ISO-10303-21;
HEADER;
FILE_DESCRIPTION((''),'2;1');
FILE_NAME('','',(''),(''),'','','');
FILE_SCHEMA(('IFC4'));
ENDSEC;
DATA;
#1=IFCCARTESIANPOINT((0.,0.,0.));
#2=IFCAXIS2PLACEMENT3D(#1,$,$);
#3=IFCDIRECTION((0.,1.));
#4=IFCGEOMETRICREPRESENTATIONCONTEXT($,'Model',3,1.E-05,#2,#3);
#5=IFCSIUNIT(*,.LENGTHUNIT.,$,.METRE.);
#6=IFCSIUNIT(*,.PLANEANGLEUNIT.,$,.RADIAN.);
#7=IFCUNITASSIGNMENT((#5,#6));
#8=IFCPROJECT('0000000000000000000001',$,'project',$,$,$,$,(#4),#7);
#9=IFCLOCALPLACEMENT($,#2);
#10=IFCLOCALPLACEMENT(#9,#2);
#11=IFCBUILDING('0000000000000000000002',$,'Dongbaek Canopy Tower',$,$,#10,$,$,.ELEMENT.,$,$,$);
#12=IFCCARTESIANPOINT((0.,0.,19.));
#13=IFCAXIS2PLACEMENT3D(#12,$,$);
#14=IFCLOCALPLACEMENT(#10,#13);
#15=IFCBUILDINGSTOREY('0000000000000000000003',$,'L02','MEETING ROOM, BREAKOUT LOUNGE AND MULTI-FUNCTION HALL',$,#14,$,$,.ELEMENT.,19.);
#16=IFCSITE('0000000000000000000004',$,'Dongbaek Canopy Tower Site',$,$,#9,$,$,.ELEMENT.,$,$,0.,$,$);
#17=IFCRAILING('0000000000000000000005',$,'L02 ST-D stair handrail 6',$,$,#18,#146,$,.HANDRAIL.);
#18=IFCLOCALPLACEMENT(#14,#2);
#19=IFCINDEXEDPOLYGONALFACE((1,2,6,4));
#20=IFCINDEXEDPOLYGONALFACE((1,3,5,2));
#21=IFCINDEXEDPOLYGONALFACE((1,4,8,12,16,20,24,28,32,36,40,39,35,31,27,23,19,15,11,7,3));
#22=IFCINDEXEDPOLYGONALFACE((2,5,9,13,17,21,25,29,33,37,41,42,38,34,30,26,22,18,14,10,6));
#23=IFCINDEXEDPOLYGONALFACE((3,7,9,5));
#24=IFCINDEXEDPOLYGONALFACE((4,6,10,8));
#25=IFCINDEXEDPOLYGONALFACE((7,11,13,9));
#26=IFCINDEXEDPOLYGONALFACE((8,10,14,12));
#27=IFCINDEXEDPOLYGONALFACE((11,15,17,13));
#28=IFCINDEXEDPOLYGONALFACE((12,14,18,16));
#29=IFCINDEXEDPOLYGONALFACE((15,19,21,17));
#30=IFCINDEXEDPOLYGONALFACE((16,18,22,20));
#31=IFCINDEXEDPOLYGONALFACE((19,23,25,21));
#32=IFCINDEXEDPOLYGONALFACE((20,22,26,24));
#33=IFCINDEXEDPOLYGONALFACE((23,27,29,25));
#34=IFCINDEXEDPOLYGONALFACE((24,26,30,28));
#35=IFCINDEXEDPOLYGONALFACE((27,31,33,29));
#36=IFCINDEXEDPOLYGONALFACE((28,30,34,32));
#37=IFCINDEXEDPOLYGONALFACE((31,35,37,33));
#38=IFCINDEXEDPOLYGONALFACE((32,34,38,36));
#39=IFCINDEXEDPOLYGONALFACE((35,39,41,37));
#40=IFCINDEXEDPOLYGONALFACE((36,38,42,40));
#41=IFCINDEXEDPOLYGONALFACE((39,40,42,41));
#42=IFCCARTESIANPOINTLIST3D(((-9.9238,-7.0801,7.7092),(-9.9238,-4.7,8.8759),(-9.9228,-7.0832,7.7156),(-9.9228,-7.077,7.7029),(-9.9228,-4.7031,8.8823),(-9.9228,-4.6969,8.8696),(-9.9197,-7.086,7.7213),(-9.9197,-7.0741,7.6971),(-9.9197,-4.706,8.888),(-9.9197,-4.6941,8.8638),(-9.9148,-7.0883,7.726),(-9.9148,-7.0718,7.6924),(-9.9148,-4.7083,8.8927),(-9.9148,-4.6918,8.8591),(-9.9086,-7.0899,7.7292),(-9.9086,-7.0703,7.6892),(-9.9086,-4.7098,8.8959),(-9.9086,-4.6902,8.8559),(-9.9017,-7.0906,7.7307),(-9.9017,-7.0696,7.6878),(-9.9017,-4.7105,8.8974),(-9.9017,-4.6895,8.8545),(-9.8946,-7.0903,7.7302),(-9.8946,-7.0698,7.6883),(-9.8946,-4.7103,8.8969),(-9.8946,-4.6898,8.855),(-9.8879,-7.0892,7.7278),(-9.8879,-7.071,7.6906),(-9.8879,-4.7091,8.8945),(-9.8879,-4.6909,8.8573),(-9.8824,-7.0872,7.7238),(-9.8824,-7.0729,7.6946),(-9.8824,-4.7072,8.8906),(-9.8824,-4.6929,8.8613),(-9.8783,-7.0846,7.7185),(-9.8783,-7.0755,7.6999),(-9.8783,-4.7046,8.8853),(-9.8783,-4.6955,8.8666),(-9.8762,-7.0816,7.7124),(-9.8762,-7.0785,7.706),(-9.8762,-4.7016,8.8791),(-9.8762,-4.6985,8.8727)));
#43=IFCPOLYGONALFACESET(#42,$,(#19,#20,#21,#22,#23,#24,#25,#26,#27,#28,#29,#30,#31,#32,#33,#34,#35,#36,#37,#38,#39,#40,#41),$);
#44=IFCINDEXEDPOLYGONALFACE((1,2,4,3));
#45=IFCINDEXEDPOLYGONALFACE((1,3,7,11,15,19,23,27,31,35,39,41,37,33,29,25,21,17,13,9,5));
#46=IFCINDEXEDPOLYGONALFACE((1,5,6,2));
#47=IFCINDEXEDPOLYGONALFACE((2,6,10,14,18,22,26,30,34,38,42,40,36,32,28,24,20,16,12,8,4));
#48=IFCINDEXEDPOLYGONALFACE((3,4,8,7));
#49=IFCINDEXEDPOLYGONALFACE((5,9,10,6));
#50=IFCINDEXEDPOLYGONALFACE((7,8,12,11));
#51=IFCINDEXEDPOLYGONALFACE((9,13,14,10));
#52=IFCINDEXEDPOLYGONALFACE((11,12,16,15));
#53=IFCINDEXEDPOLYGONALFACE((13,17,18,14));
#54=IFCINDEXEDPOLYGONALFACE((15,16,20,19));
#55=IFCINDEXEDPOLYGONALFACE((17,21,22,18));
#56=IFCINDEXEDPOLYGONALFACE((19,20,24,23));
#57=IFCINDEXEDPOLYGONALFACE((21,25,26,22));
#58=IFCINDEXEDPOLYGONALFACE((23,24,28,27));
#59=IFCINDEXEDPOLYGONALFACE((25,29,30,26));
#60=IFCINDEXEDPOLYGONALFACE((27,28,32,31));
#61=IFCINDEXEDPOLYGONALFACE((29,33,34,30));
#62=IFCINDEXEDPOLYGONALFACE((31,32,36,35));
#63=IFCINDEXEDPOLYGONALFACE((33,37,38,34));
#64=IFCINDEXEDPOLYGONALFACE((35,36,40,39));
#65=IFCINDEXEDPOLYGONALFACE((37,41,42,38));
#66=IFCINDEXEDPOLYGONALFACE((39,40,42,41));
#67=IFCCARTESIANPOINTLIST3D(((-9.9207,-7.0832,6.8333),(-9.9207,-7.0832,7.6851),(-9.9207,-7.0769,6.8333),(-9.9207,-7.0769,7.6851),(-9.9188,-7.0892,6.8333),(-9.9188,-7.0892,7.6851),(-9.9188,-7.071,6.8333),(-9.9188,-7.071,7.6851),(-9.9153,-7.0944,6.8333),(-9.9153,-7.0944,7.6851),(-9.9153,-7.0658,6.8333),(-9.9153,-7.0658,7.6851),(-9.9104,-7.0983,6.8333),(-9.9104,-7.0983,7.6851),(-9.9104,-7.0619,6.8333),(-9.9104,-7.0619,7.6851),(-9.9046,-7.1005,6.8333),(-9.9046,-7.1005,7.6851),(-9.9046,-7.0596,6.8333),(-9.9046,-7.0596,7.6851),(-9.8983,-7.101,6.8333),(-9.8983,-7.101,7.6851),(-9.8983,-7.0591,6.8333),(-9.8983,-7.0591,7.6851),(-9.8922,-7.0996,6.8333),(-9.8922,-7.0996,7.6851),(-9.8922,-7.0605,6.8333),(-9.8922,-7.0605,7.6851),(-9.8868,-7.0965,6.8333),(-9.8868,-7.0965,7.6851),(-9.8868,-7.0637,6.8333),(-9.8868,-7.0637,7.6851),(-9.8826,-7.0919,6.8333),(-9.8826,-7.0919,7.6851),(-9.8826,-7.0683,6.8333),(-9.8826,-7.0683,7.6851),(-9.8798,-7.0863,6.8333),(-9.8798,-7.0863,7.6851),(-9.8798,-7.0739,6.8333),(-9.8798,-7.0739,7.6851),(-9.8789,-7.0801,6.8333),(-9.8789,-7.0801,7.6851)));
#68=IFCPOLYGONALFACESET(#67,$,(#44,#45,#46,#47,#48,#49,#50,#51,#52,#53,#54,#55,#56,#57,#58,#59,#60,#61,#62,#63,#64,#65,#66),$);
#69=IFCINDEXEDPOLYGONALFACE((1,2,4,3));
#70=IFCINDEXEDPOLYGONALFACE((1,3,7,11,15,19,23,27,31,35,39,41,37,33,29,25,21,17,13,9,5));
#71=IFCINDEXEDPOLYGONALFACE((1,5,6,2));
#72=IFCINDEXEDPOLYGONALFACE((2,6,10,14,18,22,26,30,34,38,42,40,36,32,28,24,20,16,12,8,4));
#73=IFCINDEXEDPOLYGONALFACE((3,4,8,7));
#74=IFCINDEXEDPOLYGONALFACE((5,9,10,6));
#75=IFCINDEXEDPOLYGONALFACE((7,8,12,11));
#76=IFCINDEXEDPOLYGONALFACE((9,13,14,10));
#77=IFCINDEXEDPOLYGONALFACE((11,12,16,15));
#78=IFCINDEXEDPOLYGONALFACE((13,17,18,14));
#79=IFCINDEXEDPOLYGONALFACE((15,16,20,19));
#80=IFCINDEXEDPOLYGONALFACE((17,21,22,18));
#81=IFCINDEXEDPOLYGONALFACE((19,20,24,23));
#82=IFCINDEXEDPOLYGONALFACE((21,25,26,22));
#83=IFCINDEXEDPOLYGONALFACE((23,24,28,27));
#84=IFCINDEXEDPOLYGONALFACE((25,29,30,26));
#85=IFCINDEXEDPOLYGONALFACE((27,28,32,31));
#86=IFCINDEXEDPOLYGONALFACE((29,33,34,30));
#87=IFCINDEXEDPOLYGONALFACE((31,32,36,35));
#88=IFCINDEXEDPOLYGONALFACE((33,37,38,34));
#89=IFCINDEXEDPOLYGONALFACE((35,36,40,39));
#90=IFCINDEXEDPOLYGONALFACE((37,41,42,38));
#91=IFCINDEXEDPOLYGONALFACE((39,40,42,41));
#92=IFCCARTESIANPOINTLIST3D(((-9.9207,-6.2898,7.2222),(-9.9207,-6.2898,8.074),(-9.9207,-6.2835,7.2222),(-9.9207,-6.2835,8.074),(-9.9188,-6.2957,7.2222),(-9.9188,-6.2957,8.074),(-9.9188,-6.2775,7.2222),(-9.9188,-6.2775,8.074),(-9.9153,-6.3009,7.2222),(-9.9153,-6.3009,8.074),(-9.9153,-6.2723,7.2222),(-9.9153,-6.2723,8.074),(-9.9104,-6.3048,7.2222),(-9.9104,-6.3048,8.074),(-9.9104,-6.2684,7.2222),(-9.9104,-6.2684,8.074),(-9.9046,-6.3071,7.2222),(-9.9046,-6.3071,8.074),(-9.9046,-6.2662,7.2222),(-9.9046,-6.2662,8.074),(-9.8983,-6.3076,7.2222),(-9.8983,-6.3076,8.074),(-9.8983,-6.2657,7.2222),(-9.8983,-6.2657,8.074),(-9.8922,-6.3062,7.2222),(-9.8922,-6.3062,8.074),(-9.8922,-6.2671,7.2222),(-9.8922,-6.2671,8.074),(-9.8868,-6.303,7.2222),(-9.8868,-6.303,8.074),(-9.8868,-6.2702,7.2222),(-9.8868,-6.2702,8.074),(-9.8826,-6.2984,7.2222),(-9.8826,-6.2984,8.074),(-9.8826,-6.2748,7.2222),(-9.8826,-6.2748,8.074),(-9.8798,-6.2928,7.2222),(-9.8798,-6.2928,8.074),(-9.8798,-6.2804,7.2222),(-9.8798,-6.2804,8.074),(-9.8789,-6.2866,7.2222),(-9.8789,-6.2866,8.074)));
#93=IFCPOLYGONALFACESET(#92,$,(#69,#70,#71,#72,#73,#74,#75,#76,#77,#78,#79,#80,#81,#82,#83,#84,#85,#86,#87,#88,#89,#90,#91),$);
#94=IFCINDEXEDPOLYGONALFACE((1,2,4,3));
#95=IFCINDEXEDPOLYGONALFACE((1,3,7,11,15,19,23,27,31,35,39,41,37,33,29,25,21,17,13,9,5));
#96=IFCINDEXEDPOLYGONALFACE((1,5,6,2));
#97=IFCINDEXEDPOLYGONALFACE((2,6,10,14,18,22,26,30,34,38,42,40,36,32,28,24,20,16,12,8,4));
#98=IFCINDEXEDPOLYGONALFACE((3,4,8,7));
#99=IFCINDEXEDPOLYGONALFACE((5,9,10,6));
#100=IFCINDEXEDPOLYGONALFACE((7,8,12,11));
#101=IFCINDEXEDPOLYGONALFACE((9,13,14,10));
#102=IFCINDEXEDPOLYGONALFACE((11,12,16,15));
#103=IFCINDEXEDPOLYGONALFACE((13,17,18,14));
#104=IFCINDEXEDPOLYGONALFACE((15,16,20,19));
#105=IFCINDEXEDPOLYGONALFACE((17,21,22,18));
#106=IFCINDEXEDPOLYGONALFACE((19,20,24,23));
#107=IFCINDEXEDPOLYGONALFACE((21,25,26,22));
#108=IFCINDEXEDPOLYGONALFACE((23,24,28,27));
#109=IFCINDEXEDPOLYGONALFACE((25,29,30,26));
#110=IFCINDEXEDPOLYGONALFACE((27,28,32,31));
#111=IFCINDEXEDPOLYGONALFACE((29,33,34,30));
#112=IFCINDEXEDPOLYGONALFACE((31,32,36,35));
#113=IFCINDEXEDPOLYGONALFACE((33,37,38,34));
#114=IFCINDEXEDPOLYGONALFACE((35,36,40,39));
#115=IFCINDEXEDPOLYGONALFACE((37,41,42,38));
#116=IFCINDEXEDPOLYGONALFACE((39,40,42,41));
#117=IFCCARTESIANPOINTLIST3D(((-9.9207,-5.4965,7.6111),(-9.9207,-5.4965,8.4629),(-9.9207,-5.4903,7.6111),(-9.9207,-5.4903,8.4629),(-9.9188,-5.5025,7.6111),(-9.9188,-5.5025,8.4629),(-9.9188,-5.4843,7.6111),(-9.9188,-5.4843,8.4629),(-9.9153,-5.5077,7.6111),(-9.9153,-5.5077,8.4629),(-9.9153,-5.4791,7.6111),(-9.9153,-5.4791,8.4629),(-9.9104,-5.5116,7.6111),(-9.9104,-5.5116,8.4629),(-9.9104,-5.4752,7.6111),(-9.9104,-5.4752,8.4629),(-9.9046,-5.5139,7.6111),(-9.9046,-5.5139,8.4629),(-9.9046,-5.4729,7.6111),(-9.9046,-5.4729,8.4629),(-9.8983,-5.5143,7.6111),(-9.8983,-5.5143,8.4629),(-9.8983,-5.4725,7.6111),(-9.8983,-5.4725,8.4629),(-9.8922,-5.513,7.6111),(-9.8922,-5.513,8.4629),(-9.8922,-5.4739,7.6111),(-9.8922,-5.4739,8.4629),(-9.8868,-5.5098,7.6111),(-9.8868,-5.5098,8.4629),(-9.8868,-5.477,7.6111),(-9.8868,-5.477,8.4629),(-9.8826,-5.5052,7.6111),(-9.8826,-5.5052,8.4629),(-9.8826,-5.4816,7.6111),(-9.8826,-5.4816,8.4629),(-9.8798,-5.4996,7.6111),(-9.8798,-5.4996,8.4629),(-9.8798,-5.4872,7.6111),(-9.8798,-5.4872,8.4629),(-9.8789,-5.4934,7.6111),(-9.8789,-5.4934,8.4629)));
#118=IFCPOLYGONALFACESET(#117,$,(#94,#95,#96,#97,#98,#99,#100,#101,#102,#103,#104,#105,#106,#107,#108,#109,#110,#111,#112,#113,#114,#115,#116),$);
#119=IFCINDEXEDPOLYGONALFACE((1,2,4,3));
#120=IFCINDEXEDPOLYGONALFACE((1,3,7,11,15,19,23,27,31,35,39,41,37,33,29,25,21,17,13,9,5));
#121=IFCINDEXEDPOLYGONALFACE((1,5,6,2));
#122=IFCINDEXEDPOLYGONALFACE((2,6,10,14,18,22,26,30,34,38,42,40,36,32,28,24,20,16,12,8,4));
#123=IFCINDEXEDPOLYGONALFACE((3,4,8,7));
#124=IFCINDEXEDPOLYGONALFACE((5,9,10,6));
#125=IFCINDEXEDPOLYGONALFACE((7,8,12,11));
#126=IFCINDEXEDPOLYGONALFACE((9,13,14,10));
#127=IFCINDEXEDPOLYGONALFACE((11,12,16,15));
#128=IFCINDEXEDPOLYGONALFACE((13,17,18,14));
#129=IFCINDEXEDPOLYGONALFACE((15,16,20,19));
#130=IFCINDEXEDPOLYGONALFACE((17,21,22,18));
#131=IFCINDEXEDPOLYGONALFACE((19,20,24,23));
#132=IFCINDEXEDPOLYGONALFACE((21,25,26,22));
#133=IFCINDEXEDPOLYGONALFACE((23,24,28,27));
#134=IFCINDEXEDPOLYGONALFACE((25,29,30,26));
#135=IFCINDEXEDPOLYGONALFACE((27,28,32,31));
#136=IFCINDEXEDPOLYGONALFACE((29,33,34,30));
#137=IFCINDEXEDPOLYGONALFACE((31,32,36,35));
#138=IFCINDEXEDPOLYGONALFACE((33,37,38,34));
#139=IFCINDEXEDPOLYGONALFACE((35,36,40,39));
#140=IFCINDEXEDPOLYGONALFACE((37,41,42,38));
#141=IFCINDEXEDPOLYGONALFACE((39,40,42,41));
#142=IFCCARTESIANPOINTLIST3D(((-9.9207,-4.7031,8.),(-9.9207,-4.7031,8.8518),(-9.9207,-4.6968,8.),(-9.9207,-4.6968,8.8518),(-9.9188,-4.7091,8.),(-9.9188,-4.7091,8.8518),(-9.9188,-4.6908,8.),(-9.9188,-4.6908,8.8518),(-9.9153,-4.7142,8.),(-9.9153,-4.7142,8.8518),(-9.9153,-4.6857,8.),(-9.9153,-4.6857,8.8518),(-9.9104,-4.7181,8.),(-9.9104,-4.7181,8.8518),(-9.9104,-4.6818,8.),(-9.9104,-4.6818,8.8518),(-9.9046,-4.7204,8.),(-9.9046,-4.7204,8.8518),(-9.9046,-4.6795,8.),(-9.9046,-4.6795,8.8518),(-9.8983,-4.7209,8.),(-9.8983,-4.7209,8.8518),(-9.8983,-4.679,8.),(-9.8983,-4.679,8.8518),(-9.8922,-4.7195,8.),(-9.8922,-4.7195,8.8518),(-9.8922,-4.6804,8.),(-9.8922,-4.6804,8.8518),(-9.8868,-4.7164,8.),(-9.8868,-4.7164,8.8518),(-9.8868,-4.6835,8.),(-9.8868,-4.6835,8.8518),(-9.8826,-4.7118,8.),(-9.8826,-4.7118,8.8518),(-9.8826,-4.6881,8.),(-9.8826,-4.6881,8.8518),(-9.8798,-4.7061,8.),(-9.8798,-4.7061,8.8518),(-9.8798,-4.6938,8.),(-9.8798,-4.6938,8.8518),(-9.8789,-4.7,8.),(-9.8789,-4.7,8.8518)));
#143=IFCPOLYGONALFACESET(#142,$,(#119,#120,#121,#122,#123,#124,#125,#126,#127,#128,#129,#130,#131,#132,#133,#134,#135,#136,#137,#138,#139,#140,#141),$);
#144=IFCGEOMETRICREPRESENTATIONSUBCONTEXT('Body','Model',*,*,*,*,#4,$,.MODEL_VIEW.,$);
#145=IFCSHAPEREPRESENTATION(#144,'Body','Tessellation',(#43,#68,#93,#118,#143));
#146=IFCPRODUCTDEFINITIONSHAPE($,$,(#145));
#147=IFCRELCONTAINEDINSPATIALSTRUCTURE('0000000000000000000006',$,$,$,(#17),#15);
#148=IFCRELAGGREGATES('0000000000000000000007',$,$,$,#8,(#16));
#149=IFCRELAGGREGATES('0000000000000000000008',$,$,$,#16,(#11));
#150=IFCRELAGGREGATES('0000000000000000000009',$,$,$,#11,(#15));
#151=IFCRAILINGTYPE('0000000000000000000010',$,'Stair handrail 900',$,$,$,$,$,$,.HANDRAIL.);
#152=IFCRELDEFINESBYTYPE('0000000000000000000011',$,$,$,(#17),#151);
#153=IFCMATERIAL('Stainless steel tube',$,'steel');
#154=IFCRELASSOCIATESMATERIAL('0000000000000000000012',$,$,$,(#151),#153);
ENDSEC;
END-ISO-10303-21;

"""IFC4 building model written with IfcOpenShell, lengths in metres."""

from ifc_helpers import new_model, si_unit, direction, frame, origin, origin_2d, place, context, subcontext, project, spatial, circle, extrude, material, type_object, element, save


model = new_model("IFC4")

# Units and contexts
model_context = context("Model", 3, precision=1e-05, world=origin(), true_north=direction((0.0, 1.0)))
body_context = subcontext(model_context, "Body", "Model", "MODEL_VIEW")
ifc_project = project(units=[si_unit("LENGTHUNIT", "METRE"), si_unit("PLANEANGLEUNIT", "RADIAN")], contexts=[model_context])

# Site, building, storey
site_placement = place(None, origin())
site = spatial("IfcSite", under=ifc_project, at=site_placement, Name="Dongbaek Canopy Tower Site", CompositionType="ELEMENT", RefElevation=0.0)
building_placement = place(site_placement, origin())
building = spatial("IfcBuilding", under=site, at=building_placement, Name="Dongbaek Canopy Tower", CompositionType="ELEMENT")
storey_placement = place(building_placement, frame((0.0, 0.0, 19.0)))
storey = spatial("IfcBuildingStorey", under=building, at=storey_placement, Name="L02", Description="MEETING ROOM, BREAKOUT LOUNGE AND MULTI-FUNCTION HALL", CompositionType="ELEMENT", Elevation=19.0)

# Railing
ifc_material_1 = material(Name="Stainless steel tube", Category="steel")
railing_type_1 = type_object("IfcRailingType", Name="Stair handrail 900", PredefinedType="HANDRAIL", material=ifc_material_1)
railing_1_placement = place(storey_placement, frame((-9.8999, -7.0801, 6.8333)))
element("IfcRailing", 1, at=railing_1_placement, inside=storey, type_object=railing_type_1, Name="L02 ST-D stair handrail 6", PredefinedType="HANDRAIL", context=body_context, shape_type="SweptSolid", body=[
    extrude(circle(Radius=0.0239, at=origin_2d()), frame((0.0, 0.0, 0.876), z_axis=(0.0, 0.897918, 0.440163), x_axis=(-1.0, 0.0, 0.0)), (0.0, 0.0, 1.0), 2.6506),
    extrude(circle(Radius=0.021, at=origin_2d()), origin(), (0.0, 0.0, 1.0), 0.8518),
    extrude(circle(Radius=0.021, at=origin_2d()), frame((0.0, 0.7935, 0.3889)), (0.0, 0.0, 1.0), 0.8518),
    extrude(circle(Radius=0.021, at=origin_2d()), frame((0.0, 1.5867, 0.7778)), (0.0, 0.0, 1.0), 0.8518),
    extrude(circle(Radius=0.021, at=origin_2d()), frame((0.0, 2.3801, 1.1667)), (0.0, 0.0, 1.0), 0.8518),
])

save(model, "model.ifc")
